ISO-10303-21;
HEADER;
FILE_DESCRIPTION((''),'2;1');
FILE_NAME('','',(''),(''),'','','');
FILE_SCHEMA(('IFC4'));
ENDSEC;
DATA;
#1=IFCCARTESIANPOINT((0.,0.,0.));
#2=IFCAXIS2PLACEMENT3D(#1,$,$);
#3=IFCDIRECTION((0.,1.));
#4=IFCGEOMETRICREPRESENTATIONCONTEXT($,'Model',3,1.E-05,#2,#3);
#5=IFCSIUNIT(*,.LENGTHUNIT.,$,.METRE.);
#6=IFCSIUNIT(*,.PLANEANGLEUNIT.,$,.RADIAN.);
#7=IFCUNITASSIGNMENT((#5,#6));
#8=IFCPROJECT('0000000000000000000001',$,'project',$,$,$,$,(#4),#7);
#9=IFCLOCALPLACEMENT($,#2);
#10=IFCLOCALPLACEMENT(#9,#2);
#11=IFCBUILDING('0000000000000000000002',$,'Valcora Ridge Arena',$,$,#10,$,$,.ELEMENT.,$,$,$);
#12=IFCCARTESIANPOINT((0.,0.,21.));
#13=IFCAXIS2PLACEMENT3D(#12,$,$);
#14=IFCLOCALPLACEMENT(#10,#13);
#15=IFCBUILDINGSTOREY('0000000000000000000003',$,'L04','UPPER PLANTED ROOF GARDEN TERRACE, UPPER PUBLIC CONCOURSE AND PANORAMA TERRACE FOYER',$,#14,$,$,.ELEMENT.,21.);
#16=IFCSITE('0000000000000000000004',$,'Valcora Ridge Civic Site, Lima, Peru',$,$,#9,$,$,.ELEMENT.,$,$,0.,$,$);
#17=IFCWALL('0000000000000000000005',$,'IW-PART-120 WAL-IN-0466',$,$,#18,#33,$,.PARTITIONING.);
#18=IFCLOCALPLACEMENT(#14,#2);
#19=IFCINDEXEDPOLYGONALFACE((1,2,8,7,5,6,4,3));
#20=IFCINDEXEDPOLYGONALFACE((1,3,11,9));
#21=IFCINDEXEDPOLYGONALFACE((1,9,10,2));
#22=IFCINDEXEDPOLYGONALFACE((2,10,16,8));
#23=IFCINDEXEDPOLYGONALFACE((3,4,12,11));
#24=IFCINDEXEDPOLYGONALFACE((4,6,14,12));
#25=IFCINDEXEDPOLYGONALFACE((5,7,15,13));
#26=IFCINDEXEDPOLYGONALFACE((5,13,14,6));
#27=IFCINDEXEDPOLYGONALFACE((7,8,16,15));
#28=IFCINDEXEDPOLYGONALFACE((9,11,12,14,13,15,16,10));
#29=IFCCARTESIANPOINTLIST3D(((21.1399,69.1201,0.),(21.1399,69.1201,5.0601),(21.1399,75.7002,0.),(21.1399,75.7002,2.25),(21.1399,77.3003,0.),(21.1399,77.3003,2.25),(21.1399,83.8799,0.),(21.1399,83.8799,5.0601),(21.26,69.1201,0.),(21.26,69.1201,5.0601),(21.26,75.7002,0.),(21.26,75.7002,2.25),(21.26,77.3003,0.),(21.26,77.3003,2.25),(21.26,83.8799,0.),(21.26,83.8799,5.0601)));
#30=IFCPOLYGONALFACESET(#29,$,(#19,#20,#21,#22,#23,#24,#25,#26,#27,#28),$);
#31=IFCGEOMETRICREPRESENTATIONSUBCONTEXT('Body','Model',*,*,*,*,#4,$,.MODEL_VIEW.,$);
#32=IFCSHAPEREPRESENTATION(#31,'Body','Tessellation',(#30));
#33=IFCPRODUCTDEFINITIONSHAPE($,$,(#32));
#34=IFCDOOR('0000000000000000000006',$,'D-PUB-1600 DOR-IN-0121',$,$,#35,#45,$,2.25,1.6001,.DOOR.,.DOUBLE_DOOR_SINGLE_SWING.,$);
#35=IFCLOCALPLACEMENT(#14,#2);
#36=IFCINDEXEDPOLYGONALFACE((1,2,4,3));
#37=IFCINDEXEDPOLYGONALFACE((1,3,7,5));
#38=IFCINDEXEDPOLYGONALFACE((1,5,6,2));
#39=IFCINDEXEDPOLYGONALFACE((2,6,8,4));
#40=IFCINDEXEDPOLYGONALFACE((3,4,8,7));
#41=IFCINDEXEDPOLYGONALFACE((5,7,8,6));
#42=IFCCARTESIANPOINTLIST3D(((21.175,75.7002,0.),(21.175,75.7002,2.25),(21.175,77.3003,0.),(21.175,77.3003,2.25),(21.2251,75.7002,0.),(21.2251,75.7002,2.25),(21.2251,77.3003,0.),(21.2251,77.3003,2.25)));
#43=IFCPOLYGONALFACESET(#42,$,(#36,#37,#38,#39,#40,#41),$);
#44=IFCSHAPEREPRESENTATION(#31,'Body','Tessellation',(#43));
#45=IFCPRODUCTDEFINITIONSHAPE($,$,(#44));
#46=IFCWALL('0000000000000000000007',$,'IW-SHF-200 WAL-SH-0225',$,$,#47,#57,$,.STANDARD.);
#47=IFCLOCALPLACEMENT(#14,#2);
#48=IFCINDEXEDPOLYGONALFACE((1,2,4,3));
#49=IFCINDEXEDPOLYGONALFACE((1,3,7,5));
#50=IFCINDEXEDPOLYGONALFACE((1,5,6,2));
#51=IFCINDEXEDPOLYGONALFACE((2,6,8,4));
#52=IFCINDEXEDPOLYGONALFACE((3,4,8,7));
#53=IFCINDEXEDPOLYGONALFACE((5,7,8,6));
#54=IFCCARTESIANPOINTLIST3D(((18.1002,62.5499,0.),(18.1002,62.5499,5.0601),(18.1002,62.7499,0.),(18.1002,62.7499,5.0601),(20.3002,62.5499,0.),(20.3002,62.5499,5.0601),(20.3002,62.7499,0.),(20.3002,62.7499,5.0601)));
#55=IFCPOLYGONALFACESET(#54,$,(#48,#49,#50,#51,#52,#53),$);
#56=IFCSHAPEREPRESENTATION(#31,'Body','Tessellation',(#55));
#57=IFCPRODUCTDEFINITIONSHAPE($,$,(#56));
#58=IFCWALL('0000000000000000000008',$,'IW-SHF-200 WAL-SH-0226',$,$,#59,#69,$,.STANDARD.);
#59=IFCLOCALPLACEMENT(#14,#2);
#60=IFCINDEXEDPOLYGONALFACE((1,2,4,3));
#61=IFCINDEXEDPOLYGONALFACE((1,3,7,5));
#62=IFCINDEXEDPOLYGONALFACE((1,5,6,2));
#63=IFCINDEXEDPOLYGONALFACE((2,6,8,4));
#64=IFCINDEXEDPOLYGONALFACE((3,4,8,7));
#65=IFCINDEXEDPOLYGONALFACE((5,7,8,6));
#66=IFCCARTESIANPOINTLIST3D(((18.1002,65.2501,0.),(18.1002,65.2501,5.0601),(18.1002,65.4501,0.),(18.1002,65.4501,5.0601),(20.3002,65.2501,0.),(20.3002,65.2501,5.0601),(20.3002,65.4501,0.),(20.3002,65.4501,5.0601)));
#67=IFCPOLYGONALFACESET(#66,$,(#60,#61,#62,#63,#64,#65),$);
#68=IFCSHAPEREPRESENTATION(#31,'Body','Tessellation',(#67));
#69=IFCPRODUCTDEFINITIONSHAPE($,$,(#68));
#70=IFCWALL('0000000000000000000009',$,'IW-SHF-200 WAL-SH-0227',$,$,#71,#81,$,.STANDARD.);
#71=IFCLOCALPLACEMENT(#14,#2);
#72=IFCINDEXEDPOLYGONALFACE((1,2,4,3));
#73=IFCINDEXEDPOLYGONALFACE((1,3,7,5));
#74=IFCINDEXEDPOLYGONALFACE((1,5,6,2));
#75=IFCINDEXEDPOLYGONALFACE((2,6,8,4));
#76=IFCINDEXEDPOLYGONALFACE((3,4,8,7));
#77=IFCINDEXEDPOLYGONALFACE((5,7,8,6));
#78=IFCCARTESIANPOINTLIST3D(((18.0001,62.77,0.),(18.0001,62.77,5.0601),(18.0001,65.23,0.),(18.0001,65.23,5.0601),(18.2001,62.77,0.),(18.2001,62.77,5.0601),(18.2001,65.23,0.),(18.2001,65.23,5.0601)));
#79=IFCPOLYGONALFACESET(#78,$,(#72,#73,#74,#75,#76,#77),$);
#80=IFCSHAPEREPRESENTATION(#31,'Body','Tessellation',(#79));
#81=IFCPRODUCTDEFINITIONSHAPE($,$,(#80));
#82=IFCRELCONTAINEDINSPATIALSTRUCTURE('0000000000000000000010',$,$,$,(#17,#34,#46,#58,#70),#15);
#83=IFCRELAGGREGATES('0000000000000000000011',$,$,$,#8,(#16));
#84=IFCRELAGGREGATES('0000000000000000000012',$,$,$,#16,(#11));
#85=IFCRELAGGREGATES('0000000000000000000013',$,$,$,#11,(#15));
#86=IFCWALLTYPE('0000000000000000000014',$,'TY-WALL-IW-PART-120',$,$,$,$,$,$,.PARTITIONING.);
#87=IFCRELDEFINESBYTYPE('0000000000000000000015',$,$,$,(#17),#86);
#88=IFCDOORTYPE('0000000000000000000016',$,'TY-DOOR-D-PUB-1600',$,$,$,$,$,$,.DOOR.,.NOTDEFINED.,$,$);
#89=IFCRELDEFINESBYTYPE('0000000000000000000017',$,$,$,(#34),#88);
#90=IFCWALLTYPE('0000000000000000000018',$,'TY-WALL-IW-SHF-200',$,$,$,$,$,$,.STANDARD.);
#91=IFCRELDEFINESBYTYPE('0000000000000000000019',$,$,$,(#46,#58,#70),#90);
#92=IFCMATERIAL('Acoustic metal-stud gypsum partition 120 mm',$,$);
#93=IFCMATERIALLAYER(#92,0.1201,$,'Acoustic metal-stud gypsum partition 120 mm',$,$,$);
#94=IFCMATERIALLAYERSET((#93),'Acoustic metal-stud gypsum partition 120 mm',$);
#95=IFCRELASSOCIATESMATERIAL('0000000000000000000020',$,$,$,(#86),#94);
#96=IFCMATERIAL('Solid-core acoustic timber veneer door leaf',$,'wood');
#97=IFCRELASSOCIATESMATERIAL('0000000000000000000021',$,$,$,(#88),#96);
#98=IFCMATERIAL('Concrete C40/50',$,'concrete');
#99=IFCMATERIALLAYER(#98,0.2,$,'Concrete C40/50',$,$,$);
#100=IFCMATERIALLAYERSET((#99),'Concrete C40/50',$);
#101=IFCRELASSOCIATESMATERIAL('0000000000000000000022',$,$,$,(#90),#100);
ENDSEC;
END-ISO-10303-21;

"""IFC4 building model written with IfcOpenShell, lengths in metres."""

from ifc_helpers import new_model, si_unit, direction, frame, frame_2d, origin, place, context, subcontext, project, spatial, rectangle, extrude, material, layer, layer_set, type_object, element, fill, save


model = new_model("IFC4")

# Units and contexts
model_context = context("Model", 3, precision=1e-05, world=origin(), true_north=direction((0.0, 1.0)))
body_context = subcontext(model_context, "Body", "Model", "MODEL_VIEW")
ifc_project = project(units=[si_unit("LENGTHUNIT", "METRE"), si_unit("PLANEANGLEUNIT", "RADIAN")], contexts=[model_context])

# Site, building, storey
site_placement = place(None, origin())
site = spatial("IfcSite", under=ifc_project, at=site_placement, Name="Valcora Ridge Civic Site, Lima, Peru", CompositionType="ELEMENT", RefElevation=0.0)
building_placement = place(site_placement, origin())
building = spatial("IfcBuilding", under=site, at=building_placement, Name="Valcora Ridge Arena", CompositionType="ELEMENT")
storey_placement = place(building_placement, frame((0.0, 0.0, 21.0)))
storey = spatial("IfcBuildingStorey", under=building, at=storey_placement, Name="L04", Description="UPPER PLANTED ROOF GARDEN TERRACE, UPPER PUBLIC CONCOURSE AND PANORAMA TERRACE FOYER", CompositionType="ELEMENT", Elevation=21.0)

# Shared definitions
ifc_material_1 = material(Name="Concrete C40/50", Category="concrete")

# Shared definitions
ifc_material_2 = material(Name="Acoustic metal-stud gypsum partition 120 mm")
ifc_layer_1 = layer(ifc_material_2, 0.1201, Name="Acoustic metal-stud gypsum partition 120 mm")
ifc_layer_set_1 = layer_set([ifc_layer_1], Name="Acoustic metal-stud gypsum partition 120 mm")
wall_type_1 = type_object("IfcWallType", Name="TY-WALL-IW-PART-120", PredefinedType="PARTITIONING", material=ifc_layer_set_1)

# Wall, opening, door
wall_1_placement = place(storey_placement, frame((21.2, 69.1201, 0.0), z_axis=(0.0, 0.0, 1.0), x_axis=(0.0, 1.0, 0.0)))
wall_1 = element("IfcWall", 1, at=wall_1_placement, inside=storey, type_object=wall_type_1, Name="IW-PART-120 WAL-IN-0466", PredefinedType="PARTITIONING", context=body_context, shape_type="SweptSolid", body=[
    extrude(rectangle(XDim=14.7598, YDim=0.1201, at=frame_2d((7.3799, 0.0))), origin(), (0.0, 0.0, 1.0), 5.0601),
])
opening_1_placement = place(wall_1_placement, frame((6.5801, 0.0, 0.0)))
opening_1 = element("IfcOpeningElement", 2, at=opening_1_placement, cuts=wall_1, PredefinedType="OPENING", context=body_context, shape_type="SweptSolid", body=[
    extrude(rectangle(XDim=1.6001, YDim=2.25, at=frame_2d((0.8, 1.125))), frame((0.0, 0.0701, 0.0), z_axis=(0.0, -1.0, 0.0), x_axis=(1.0, 0.0, 0.0)), (0.0, 0.0, 1.0), 0.1401),
])
ifc_material_3 = material(Name="Solid-core acoustic timber veneer door leaf", Category="wood")
door_type_1 = type_object("IfcDoorType", Name="TY-DOOR-D-PUB-1600", OperationType="NOTDEFINED", PredefinedType="DOOR", material=ifc_material_3)
door_1_placement = place(opening_1_placement, origin())
door_1 = element("IfcDoor", 3, at=door_1_placement, inside=storey, type_object=door_type_1, Name="D-PUB-1600 DOR-IN-0121", OperationType="DOUBLE_DOOR_SINGLE_SWING", OverallHeight=2.25, OverallWidth=1.6001, PredefinedType="DOOR", context=body_context, shape_type="SweptSolid", body=[
    extrude(rectangle(XDim=1.6001, YDim=2.25, at=frame_2d((0.8, 1.125))), frame((0.0, 0.0249, 0.0), z_axis=(0.0, -1.0, 0.0), x_axis=(1.0, 0.0, 0.0)), (0.0, 0.0, 1.0), 0.05),
])
fill(opening_1, door_1)

# Walls
ifc_layer_2 = layer(ifc_material_1, 0.2, Name="Concrete C40/50")
ifc_layer_set_2 = layer_set([ifc_layer_2], Name="Concrete C40/50")
wall_type_2 = type_object("IfcWallType", Name="TY-WALL-IW-SHF-200", PredefinedType="STANDARD", material=ifc_layer_set_2)
for number, where, z_axis, x_axis, name in (
    (4, (18.1001, 62.6499, 0.0), (0.0, 0.0, 1.0), (1.0, 0.0, 0.0), "IW-SHF-200 WAL-SH-0225"),
    (5, (18.1001, 65.3501, 0.0), (0.0, 0.0, 1.0), (1.0, 0.0, 0.0), "IW-SHF-200 WAL-SH-0226"),
):
    element("IfcWall", number, at=place(storey_placement, frame(where, z_axis=z_axis, x_axis=x_axis)), inside=storey, type_object=wall_type_2, Name=name, PredefinedType="STANDARD", context=body_context, shape_type="SweptSolid", body=[
        extrude(rectangle(XDim=2.2, YDim=0.2, at=frame_2d((1.1001, 0.0))), origin(), (0.0, 0.0, 1.0), 5.0601),
    ])
wall_2_placement = place(storey_placement, frame((18.1001, 62.77, 0.0), z_axis=(0.0, 0.0, 1.0), x_axis=(0.0, 1.0, 0.0)))
element("IfcWall", 6, at=wall_2_placement, inside=storey, type_object=wall_type_2, Name="IW-SHF-200 WAL-SH-0227", PredefinedType="STANDARD", context=body_context, shape_type="SweptSolid", body=[
    extrude(rectangle(XDim=2.46, YDim=0.2, at=frame_2d((1.23, 0.0))), origin(), (0.0, 0.0, 1.0), 5.0601),
])

save(model, "model.ifc")
